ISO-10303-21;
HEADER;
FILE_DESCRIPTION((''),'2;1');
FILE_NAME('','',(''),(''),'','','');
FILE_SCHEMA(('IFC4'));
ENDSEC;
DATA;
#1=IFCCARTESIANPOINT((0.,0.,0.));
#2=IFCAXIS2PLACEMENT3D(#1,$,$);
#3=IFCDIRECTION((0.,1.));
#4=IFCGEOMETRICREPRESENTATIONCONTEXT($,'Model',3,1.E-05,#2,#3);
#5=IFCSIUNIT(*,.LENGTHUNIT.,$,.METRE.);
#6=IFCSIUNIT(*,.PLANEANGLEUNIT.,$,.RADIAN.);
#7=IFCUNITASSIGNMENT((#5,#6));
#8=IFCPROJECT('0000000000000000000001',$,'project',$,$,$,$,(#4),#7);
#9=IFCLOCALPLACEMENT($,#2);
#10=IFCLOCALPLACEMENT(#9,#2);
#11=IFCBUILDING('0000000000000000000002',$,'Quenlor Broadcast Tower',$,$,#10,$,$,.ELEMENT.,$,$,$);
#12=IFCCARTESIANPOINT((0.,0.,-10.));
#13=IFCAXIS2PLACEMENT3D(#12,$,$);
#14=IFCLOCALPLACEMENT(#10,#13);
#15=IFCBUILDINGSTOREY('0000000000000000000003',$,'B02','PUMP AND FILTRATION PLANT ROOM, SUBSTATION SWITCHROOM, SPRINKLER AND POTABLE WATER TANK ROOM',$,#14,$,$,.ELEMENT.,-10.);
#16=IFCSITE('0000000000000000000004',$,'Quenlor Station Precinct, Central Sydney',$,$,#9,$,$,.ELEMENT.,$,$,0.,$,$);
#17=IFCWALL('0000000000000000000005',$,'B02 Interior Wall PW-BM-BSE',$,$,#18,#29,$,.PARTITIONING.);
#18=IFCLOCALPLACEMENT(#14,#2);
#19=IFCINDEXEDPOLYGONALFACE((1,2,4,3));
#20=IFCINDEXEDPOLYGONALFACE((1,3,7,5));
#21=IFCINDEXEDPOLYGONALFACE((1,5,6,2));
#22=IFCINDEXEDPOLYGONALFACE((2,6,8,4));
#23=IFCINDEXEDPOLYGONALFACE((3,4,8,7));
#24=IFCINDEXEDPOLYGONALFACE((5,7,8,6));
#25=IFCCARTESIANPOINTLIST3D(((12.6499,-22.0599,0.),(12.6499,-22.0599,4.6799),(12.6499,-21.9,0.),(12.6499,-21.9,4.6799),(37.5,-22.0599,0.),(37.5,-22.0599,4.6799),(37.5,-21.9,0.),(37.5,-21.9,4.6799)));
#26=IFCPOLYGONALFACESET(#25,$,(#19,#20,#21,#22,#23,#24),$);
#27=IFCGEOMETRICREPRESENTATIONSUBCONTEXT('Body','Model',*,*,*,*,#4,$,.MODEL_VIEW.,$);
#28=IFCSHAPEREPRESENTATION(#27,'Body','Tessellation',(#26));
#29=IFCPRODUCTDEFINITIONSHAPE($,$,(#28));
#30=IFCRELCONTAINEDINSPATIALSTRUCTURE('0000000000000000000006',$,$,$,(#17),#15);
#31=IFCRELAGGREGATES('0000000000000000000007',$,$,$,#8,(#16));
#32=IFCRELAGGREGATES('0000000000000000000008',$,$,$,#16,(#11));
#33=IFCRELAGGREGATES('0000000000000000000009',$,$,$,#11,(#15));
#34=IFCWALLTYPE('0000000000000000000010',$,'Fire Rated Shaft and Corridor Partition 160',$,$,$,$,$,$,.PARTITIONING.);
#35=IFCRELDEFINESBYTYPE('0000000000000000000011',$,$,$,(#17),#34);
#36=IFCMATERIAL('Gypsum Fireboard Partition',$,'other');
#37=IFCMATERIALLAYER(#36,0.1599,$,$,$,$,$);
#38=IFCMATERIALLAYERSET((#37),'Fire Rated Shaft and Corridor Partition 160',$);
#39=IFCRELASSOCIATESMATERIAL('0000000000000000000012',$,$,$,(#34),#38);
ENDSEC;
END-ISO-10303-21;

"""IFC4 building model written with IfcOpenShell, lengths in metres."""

from ifc_helpers import new_model, si_unit, direction, frame, frame_2d, origin, place, context, subcontext, project, spatial, rectangle, extrude, material, layer, layer_set, type_object, element, save


model = new_model("IFC4")

# Units and contexts
model_context = context("Model", 3, precision=1e-05, world=origin(), true_north=direction((0.0, 1.0)))
body_context = subcontext(model_context, "Body", "Model", "MODEL_VIEW")
ifc_project = project(units=[si_unit("LENGTHUNIT", "METRE"), si_unit("PLANEANGLEUNIT", "RADIAN")], contexts=[model_context])

# Site, building, storey
site_placement = place(None, origin())
site = spatial("IfcSite", under=ifc_project, at=site_placement, Name="Quenlor Station Precinct, Central Sydney", CompositionType="ELEMENT", RefElevation=0.0)
building_placement = place(site_placement, origin())
building = spatial("IfcBuilding", under=site, at=building_placement, Name="Quenlor Broadcast Tower", CompositionType="ELEMENT")
storey_placement = place(building_placement, frame((0.0, 0.0, -10.0)))
storey = spatial("IfcBuildingStorey", under=building, at=storey_placement, Name="B02", Description="PUMP AND FILTRATION PLANT ROOM, SUBSTATION SWITCHROOM, SPRINKLER AND POTABLE WATER TANK ROOM", CompositionType="ELEMENT", Elevation=-10.0)

# Wall
ifc_material_1 = material(Name="Gypsum Fireboard Partition", Category="other")
ifc_layer_1 = layer(ifc_material_1, 0.1599)
ifc_layer_set_1 = layer_set([ifc_layer_1], Name="Fire Rated Shaft and Corridor Partition 160")
wall_type_1 = type_object("IfcWallType", Name="Fire Rated Shaft and Corridor Partition 160", PredefinedType="PARTITIONING", material=ifc_layer_set_1)
wall_1_placement = place(storey_placement, frame((12.6499, -21.98, 0.0), z_axis=(0.0, 0.0, 1.0), x_axis=(1.0, 0.0, 0.0)))
element("IfcWall", 1, at=wall_1_placement, inside=storey, type_object=wall_type_1, Name="B02 Interior Wall PW-BM-BSE", PredefinedType="PARTITIONING", context=body_context, shape_type="SweptSolid", body=[
    extrude(rectangle(XDim=24.8501, YDim=0.1599, at=frame_2d((12.425, 0.0))), origin(), (0.0, 0.0, 1.0), 4.6799),
])

save(model, "model.ifc")
